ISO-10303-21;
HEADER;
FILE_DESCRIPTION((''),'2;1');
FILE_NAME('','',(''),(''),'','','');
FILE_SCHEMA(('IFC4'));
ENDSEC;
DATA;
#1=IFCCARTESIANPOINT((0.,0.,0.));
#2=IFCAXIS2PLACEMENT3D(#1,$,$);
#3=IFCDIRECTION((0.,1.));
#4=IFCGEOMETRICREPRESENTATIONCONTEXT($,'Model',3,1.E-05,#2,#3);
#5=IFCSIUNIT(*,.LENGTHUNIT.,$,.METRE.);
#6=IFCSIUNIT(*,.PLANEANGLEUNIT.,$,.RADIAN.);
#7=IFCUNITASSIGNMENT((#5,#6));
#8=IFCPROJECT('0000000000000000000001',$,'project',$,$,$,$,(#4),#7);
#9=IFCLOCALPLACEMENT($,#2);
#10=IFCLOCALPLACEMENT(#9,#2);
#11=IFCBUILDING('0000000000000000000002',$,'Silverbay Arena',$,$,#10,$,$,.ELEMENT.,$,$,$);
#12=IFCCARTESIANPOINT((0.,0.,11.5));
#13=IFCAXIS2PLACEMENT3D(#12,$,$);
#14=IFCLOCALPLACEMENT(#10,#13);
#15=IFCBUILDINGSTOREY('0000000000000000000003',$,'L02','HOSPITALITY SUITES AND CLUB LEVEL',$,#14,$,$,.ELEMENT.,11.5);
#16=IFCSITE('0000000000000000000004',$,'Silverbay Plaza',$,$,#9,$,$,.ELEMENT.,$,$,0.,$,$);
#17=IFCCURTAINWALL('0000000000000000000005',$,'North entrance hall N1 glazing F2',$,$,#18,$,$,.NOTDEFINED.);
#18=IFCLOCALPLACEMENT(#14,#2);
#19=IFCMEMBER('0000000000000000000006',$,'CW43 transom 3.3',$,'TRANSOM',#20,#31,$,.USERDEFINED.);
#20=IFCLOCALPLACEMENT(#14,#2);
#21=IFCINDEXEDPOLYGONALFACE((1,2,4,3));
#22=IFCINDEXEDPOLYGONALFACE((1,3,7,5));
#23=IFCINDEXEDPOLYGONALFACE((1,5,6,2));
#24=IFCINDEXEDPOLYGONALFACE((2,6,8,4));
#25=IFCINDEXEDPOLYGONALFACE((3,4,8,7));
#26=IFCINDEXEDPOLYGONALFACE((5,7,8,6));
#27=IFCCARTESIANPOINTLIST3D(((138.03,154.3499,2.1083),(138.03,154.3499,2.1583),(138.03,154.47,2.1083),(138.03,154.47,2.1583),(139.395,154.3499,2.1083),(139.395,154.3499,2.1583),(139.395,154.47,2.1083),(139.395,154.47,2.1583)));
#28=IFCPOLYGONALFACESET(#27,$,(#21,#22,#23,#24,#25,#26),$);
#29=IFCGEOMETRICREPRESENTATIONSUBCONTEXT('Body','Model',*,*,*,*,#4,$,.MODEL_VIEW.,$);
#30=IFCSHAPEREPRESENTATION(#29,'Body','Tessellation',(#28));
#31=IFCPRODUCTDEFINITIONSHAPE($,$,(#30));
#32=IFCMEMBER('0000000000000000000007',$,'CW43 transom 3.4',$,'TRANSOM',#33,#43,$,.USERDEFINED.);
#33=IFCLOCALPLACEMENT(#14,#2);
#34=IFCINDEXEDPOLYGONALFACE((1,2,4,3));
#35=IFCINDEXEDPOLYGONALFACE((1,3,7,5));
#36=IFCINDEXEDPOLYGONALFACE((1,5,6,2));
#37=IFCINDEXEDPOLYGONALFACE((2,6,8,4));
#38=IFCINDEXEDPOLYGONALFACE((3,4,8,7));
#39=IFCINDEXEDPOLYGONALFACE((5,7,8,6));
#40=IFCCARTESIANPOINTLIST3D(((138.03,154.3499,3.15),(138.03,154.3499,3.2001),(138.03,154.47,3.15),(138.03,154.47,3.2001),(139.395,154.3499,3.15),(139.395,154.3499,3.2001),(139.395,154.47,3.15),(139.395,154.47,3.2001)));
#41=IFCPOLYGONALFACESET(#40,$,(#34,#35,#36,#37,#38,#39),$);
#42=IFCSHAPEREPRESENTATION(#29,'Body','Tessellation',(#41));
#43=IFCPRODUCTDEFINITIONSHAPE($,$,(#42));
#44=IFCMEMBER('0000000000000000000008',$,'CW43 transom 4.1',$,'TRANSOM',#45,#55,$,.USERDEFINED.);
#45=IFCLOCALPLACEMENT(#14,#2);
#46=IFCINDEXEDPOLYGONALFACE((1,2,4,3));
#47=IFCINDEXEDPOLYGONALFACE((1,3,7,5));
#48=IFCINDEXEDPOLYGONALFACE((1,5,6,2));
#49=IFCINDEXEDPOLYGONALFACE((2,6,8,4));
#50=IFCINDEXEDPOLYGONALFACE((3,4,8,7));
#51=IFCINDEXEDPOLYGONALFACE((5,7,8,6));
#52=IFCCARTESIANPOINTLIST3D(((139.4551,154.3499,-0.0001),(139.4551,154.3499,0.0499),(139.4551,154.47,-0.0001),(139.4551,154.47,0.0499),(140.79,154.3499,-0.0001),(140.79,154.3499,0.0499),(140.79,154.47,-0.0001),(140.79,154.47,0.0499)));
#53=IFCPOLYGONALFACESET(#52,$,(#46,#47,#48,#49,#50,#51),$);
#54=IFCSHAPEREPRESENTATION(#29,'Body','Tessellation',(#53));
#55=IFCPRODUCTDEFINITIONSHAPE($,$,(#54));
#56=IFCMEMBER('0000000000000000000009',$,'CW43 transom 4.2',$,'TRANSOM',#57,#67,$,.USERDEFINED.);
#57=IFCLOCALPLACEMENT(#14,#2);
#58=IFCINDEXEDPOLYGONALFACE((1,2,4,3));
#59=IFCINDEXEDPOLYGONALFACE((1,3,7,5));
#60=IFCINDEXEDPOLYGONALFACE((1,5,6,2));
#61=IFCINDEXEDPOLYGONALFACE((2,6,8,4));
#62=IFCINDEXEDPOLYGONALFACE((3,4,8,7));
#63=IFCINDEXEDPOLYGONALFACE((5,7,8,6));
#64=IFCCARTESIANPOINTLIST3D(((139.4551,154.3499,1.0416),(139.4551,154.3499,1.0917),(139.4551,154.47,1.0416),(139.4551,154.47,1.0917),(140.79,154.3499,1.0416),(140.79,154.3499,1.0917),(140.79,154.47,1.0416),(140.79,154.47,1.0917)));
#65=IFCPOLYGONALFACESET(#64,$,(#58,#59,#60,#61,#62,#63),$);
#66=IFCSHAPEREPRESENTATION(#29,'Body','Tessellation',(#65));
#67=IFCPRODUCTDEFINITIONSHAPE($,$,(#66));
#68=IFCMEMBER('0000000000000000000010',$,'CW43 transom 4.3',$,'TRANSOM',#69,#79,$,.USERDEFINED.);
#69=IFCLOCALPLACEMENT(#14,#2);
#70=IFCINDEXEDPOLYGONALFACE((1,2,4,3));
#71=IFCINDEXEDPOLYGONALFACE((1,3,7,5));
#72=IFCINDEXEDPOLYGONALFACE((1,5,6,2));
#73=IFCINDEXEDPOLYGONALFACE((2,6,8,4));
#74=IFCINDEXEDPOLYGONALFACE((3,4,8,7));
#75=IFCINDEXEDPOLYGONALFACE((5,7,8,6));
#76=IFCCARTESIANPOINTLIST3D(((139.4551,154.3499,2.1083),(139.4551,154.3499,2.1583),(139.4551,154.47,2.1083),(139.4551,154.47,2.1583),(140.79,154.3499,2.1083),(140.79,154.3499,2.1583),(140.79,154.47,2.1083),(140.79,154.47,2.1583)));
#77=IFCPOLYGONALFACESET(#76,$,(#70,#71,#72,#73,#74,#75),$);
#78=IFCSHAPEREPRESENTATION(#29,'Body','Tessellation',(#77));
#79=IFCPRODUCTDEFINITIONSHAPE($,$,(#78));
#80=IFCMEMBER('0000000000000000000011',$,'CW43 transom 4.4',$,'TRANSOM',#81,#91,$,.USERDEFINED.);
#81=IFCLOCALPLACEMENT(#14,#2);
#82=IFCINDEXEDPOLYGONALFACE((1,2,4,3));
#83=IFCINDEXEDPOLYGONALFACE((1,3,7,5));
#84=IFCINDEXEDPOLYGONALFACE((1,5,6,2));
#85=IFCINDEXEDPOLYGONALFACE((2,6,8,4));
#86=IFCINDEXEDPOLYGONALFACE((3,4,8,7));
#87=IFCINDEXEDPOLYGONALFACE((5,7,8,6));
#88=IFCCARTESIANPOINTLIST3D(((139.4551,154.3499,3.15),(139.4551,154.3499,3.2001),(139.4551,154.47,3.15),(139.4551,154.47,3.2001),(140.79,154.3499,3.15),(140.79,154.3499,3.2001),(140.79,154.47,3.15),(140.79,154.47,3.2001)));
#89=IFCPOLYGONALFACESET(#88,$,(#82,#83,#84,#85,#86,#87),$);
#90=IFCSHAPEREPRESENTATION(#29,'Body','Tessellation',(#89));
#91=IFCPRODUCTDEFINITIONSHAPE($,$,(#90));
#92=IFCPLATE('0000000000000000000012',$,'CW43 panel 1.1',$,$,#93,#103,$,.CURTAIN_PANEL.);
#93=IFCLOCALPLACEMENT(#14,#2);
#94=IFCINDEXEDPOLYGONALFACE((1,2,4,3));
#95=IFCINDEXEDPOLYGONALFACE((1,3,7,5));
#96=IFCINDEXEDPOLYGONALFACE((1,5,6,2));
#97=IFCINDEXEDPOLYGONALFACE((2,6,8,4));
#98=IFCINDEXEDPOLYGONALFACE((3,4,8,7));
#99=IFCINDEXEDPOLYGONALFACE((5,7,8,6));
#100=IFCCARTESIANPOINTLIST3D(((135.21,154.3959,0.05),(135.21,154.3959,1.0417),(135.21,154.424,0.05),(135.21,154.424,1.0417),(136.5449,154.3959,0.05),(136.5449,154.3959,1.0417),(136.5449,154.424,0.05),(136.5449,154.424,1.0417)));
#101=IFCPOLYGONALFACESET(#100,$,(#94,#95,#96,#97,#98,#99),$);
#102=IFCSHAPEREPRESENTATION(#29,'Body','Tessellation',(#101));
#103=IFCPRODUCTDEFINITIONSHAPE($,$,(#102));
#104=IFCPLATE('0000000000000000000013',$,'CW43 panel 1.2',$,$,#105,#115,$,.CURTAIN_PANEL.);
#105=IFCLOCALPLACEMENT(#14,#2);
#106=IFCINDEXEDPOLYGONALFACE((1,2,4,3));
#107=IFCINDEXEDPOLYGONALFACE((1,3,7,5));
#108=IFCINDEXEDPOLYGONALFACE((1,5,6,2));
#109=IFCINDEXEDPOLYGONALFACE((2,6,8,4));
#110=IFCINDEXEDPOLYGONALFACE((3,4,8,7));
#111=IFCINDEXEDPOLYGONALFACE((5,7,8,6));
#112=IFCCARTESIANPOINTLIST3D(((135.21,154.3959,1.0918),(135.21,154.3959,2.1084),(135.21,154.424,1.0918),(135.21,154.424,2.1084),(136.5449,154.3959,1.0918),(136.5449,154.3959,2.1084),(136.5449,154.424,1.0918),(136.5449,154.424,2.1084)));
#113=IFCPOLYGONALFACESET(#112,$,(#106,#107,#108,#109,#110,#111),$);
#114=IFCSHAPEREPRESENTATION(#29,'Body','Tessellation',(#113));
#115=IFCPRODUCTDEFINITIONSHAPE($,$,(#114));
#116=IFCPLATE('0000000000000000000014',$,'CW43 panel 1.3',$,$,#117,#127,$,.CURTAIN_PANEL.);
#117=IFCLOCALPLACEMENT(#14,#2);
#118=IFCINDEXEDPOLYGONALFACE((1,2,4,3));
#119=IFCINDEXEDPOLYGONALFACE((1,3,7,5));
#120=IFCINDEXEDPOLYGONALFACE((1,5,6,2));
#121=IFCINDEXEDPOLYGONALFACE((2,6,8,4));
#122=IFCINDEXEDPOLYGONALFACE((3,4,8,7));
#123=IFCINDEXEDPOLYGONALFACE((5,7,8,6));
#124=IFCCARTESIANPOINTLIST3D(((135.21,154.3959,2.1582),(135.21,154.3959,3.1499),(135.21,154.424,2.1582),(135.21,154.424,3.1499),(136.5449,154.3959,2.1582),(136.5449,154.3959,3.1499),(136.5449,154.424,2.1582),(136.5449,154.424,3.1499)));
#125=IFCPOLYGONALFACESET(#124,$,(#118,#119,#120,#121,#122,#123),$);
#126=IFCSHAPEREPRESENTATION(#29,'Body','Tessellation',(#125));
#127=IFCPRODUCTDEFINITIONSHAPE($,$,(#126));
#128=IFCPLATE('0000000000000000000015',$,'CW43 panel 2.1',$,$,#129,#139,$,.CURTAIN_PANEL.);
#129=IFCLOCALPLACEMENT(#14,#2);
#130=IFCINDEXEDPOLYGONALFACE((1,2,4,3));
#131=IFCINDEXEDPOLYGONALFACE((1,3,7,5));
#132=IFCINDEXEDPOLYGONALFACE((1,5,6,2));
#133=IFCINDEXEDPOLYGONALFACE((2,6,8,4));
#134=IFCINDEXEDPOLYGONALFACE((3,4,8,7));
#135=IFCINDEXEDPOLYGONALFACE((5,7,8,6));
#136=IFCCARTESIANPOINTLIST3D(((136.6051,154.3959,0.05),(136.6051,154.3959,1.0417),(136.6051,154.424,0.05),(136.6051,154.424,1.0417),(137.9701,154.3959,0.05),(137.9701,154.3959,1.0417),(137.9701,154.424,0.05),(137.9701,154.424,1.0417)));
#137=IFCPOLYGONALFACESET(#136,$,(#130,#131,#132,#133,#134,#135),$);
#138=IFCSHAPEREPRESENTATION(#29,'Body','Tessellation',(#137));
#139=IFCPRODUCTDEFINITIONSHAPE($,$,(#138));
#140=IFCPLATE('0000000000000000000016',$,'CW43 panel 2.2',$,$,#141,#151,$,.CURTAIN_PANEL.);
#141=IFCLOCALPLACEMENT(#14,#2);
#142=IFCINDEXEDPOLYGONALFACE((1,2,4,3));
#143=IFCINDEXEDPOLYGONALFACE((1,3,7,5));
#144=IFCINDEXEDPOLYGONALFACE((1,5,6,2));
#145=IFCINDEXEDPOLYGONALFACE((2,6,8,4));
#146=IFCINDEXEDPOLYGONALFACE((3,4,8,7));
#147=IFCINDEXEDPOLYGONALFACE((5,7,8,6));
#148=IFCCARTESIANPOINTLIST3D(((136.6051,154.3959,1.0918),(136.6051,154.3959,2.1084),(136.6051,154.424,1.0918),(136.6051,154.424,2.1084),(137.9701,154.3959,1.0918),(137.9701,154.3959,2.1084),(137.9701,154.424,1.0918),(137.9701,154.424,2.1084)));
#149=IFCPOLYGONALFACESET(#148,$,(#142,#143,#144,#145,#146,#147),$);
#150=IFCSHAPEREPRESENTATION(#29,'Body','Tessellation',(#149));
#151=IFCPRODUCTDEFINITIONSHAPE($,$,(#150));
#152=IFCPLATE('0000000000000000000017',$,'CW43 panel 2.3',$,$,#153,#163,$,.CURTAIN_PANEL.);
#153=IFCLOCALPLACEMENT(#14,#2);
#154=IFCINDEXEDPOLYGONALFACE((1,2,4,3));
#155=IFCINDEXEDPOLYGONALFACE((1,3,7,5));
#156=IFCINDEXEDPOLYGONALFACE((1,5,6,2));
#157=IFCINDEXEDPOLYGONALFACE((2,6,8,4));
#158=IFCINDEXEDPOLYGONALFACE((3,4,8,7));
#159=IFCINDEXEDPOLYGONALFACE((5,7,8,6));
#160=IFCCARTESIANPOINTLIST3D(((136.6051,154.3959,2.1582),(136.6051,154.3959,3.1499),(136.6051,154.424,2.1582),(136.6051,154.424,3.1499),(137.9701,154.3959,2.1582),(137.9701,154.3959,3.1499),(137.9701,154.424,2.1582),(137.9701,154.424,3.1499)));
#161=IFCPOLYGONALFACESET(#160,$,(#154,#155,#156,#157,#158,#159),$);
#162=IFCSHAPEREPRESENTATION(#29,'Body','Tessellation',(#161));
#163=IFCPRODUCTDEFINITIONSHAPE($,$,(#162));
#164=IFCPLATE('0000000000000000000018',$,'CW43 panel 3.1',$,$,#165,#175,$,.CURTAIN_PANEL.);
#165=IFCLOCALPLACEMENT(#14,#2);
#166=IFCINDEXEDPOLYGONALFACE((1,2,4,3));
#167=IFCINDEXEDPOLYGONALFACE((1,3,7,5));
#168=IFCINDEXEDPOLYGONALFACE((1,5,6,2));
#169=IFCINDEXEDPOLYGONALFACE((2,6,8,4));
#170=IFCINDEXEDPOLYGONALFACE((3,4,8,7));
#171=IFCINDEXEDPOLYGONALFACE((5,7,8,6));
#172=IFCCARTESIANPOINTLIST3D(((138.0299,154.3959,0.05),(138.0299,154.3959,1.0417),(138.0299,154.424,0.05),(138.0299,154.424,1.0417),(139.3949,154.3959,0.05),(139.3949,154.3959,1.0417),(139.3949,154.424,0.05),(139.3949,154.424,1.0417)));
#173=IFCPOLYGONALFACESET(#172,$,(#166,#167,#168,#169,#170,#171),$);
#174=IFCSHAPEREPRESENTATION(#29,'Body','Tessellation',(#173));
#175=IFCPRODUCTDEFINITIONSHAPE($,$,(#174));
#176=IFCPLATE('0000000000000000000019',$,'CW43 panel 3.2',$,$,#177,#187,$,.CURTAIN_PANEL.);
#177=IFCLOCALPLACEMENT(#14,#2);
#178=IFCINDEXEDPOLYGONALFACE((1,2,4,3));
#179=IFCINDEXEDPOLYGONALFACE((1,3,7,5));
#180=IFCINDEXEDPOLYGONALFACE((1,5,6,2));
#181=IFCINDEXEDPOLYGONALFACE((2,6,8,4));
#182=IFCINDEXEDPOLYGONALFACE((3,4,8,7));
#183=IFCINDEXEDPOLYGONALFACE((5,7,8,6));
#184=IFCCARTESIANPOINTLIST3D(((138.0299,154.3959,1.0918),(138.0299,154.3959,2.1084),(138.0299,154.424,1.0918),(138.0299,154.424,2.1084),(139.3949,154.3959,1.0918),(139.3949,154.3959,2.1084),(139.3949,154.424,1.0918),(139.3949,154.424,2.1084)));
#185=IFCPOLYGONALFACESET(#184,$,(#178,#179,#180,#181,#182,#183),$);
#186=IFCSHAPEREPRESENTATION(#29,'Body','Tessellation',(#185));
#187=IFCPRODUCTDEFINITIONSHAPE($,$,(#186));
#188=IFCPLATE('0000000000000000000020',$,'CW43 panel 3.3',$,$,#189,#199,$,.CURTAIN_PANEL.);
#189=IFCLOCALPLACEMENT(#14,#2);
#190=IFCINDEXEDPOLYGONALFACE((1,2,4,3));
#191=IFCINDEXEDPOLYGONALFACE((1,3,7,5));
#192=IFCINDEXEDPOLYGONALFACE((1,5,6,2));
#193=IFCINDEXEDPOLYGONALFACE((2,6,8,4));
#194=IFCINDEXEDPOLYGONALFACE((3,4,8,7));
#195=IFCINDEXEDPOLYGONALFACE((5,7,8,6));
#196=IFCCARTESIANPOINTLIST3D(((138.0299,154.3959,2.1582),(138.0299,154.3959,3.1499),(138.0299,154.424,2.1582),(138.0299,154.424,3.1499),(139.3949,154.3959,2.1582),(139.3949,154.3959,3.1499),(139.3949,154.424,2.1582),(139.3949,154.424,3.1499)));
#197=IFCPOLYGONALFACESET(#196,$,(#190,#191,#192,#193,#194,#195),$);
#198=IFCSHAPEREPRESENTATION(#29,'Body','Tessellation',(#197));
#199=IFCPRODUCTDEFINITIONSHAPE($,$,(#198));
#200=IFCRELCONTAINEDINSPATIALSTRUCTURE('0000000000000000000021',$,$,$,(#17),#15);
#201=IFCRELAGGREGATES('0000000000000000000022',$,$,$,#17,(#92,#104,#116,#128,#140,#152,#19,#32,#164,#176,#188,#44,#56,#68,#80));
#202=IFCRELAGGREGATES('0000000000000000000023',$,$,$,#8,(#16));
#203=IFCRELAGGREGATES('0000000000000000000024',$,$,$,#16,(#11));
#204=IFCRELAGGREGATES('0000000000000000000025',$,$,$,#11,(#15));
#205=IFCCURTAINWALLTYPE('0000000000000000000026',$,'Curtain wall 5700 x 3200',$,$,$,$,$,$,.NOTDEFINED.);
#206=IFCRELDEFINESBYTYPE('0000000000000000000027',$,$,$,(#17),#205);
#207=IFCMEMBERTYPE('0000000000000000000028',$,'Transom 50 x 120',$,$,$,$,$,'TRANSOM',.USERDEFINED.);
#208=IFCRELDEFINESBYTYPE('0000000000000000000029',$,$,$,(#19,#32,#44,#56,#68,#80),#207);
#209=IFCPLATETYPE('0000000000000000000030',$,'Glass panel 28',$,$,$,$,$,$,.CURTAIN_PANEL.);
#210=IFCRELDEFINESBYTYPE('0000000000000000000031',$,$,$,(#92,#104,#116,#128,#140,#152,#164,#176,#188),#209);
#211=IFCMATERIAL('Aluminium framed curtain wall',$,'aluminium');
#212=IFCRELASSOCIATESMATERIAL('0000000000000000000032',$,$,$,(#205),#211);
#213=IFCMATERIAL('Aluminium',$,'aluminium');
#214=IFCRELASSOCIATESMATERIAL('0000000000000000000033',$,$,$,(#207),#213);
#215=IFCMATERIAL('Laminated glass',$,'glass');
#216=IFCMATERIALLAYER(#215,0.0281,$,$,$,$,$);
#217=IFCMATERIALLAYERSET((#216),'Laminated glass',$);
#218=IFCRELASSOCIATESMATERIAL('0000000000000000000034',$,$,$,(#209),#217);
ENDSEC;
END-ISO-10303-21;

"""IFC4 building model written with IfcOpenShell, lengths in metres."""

from ifc_helpers import new_model, si_unit, direction, frame, origin, origin_2d, place, context, subcontext, project, spatial, rectangle, extrude, material, layer, layer_set, material_profile, profile_set, type_object, element, aggregate, save


model = new_model("IFC4")

# Units and contexts
model_context = context("Model", 3, precision=1e-05, world=origin(), true_north=direction((0.0, 1.0)))
body_context = subcontext(model_context, "Body", "Model", "MODEL_VIEW")
ifc_project = project(units=[si_unit("LENGTHUNIT", "METRE"), si_unit("PLANEANGLEUNIT", "RADIAN")], contexts=[model_context])

# Site, building, storey
site_placement = place(None, origin())
site = spatial("IfcSite", under=ifc_project, at=site_placement, Name="Silverbay Plaza", CompositionType="ELEMENT", RefElevation=0.0)
building_placement = place(site_placement, origin())
building = spatial("IfcBuilding", under=site, at=building_placement, Name="Silverbay Arena", CompositionType="ELEMENT")
storey_placement = place(building_placement, frame((0.0, 0.0, 11.5)))
storey = spatial("IfcBuildingStorey", under=building, at=storey_placement, Name="L02", Description="HOSPITALITY SUITES AND CLUB LEVEL", CompositionType="ELEMENT", Elevation=11.5)

# Curtain wall, members, plates
ifc_material_1 = material(Name="Aluminium framed curtain wall", Category="aluminium")
curtain_wall_type = type_object("IfcCurtainWallType", Name="Curtain wall 5700 x 3200", PredefinedType="NOTDEFINED", material=ifc_material_1)
curtain_wall_placement = place(storey_placement, origin())
curtain_wall = element("IfcCurtainWall", 1, at=curtain_wall_placement, inside=storey, type_object=curtain_wall_type, Name="North entrance hall N1 glazing F2", PredefinedType="NOTDEFINED")
ifc_material_2 = material(Name="Aluminium", Category="aluminium")
ifc_material_profile_1 = material_profile(ifc_material_2, rectangle(XDim=0.1201, YDim=0.05, at=origin_2d()), Name="Transom 50 x 120")
ifc_profile_set_1 = profile_set([ifc_material_profile_1], Name="Aluminium")
member_type_1 = type_object("IfcMemberType", Name="Transom 50 x 120", ElementType="TRANSOM", PredefinedType="USERDEFINED", material=ifc_profile_set_1)
member_1_placement = place(storey_placement, frame((138.03, 154.4099, 2.1333), z_axis=(1.0, 0.0, 0.0), x_axis=(0.0, 1.0, 0.0)))
member_1 = element("IfcMember", 2, at=member_1_placement, type_object=member_type_1, Name="CW43 transom 3.3", ObjectType="TRANSOM", PredefinedType="USERDEFINED", context=body_context, shape_type="SweptSolid", body=[
    extrude(rectangle(XDim=0.1201, YDim=0.05, at=origin_2d()), origin(), (0.0, 0.0, 1.0), 1.365),
])
member_2_placement = place(storey_placement, frame((138.03, 154.4099, 3.175), z_axis=(1.0, 0.0, 0.0), x_axis=(0.0, 1.0, 0.0)))
member_2 = element("IfcMember", 3, at=member_2_placement, type_object=member_type_1, Name="CW43 transom 3.4", ObjectType="TRANSOM", PredefinedType="USERDEFINED", context=body_context, shape_type="SweptSolid", body=[
    extrude(rectangle(XDim=0.1201, YDim=0.05, at=origin_2d()), origin(), (0.0, 0.0, 1.0), 1.365),
])
member_3_placement = place(storey_placement, frame((139.4551, 154.4099, 0.0249), z_axis=(1.0, 0.0, 0.0), x_axis=(0.0, 1.0, 0.0)))
member_3 = element("IfcMember", 4, at=member_3_placement, type_object=member_type_1, Name="CW43 transom 4.1", ObjectType="TRANSOM", PredefinedType="USERDEFINED", context=body_context, shape_type="SweptSolid", body=[
    extrude(rectangle(XDim=0.1201, YDim=0.05, at=origin_2d()), origin(), (0.0, 0.0, 1.0), 1.335),
])
member_4_placement = place(storey_placement, frame((139.4551, 154.4099, 1.0667), z_axis=(1.0, 0.0, 0.0), x_axis=(0.0, 1.0, 0.0)))
member_4 = element("IfcMember", 5, at=member_4_placement, type_object=member_type_1, Name="CW43 transom 4.2", ObjectType="TRANSOM", PredefinedType="USERDEFINED", context=body_context, shape_type="SweptSolid", body=[
    extrude(rectangle(XDim=0.1201, YDim=0.05, at=origin_2d()), origin(), (0.0, 0.0, 1.0), 1.335),
])
member_5_placement = place(storey_placement, frame((139.4551, 154.4099, 2.1333), z_axis=(1.0, 0.0, 0.0), x_axis=(0.0, 1.0, 0.0)))
member_5 = element("IfcMember", 6, at=member_5_placement, type_object=member_type_1, Name="CW43 transom 4.3", ObjectType="TRANSOM", PredefinedType="USERDEFINED", context=body_context, shape_type="SweptSolid", body=[
    extrude(rectangle(XDim=0.1201, YDim=0.05, at=origin_2d()), origin(), (0.0, 0.0, 1.0), 1.335),
])
member_6_placement = place(storey_placement, frame((139.4551, 154.4099, 3.175), z_axis=(1.0, 0.0, 0.0), x_axis=(0.0, 1.0, 0.0)))
member_6 = element("IfcMember", 7, at=member_6_placement, type_object=member_type_1, Name="CW43 transom 4.4", ObjectType="TRANSOM", PredefinedType="USERDEFINED", context=body_context, shape_type="SweptSolid", body=[
    extrude(rectangle(XDim=0.1201, YDim=0.05, at=origin_2d()), origin(), (0.0, 0.0, 1.0), 1.335),
])
ifc_material_3 = material(Name="Laminated glass", Category="glass")
ifc_layer = layer(ifc_material_3, 0.0281)
ifc_layer_set = layer_set([ifc_layer], Name="Laminated glass")
plate_type = type_object("IfcPlateType", Name="Glass panel 28", PredefinedType="CURTAIN_PANEL", material=ifc_layer_set)
plate_1_placement = place(storey_placement, frame((135.8774, 154.4099, 0.05), z_axis=(0.0, 0.0, 1.0), x_axis=(1.0, 0.0, 0.0)))
plate_1 = element("IfcPlate", 8, at=plate_1_placement, type_object=plate_type, Name="CW43 panel 1.1", PredefinedType="CURTAIN_PANEL", context=body_context, shape_type="SweptSolid", body=[
    extrude(rectangle(XDim=1.335, YDim=0.0281, at=origin_2d()), origin(), (0.0, 0.0, 1.0), 0.9917),
])
plate_2_placement = place(storey_placement, frame((135.8774, 154.4099, 1.0918), z_axis=(0.0, 0.0, 1.0), x_axis=(1.0, 0.0, 0.0)))
plate_2 = element("IfcPlate", 9, at=plate_2_placement, type_object=plate_type, Name="CW43 panel 1.2", PredefinedType="CURTAIN_PANEL", context=body_context, shape_type="SweptSolid", body=[
    extrude(rectangle(XDim=1.335, YDim=0.0281, at=origin_2d()), origin(), (0.0, 0.0, 1.0), 1.0166),
])
plate_3_placement = place(storey_placement, frame((135.8774, 154.4099, 2.1582), z_axis=(0.0, 0.0, 1.0), x_axis=(1.0, 0.0, 0.0)))
plate_3 = element("IfcPlate", 10, at=plate_3_placement, type_object=plate_type, Name="CW43 panel 1.3", PredefinedType="CURTAIN_PANEL", context=body_context, shape_type="SweptSolid", body=[
    extrude(rectangle(XDim=1.335, YDim=0.0281, at=origin_2d()), origin(), (0.0, 0.0, 1.0), 0.9917),
])
plate_4_placement = place(storey_placement, frame((137.2876, 154.4099, 0.05), z_axis=(0.0, 0.0, 1.0), x_axis=(1.0, 0.0, 0.0)))
plate_4 = element("IfcPlate", 11, at=plate_4_placement, type_object=plate_type, Name="CW43 panel 2.1", PredefinedType="CURTAIN_PANEL", context=body_context, shape_type="SweptSolid", body=[
    extrude(rectangle(XDim=1.365, YDim=0.0281, at=origin_2d()), origin(), (0.0, 0.0, 1.0), 0.9917),
])
plate_5_placement = place(storey_placement, frame((137.2876, 154.4099, 1.0918), z_axis=(0.0, 0.0, 1.0), x_axis=(1.0, 0.0, 0.0)))
plate_5 = element("IfcPlate", 12, at=plate_5_placement, type_object=plate_type, Name="CW43 panel 2.2", PredefinedType="CURTAIN_PANEL", context=body_context, shape_type="SweptSolid", body=[
    extrude(rectangle(XDim=1.365, YDim=0.0281, at=origin_2d()), origin(), (0.0, 0.0, 1.0), 1.0166),
])
plate_6_placement = place(storey_placement, frame((137.2876, 154.4099, 2.1582), z_axis=(0.0, 0.0, 1.0), x_axis=(1.0, 0.0, 0.0)))
plate_6 = element("IfcPlate", 13, at=plate_6_placement, type_object=plate_type, Name="CW43 panel 2.3", PredefinedType="CURTAIN_PANEL", context=body_context, shape_type="SweptSolid", body=[
    extrude(rectangle(XDim=1.365, YDim=0.0281, at=origin_2d()), origin(), (0.0, 0.0, 1.0), 0.9917),
])
plate_7_placement = place(storey_placement, frame((138.7124, 154.4099, 0.05), z_axis=(0.0, 0.0, 1.0), x_axis=(1.0, 0.0, 0.0)))
plate_7 = element("IfcPlate", 14, at=plate_7_placement, type_object=plate_type, Name="CW43 panel 3.1", PredefinedType="CURTAIN_PANEL", context=body_context, shape_type="SweptSolid", body=[
    extrude(rectangle(XDim=1.365, YDim=0.0281, at=origin_2d()), origin(), (0.0, 0.0, 1.0), 0.9917),
])
plate_8_placement = place(storey_placement, frame((138.7124, 154.4099, 1.0918), z_axis=(0.0, 0.0, 1.0), x_axis=(1.0, 0.0, 0.0)))
plate_8 = element("IfcPlate", 15, at=plate_8_placement, type_object=plate_type, Name="CW43 panel 3.2", PredefinedType="CURTAIN_PANEL", context=body_context, shape_type="SweptSolid", body=[
    extrude(rectangle(XDim=1.365, YDim=0.0281, at=origin_2d()), origin(), (0.0, 0.0, 1.0), 1.0166),
])
plate_9_placement = place(storey_placement, frame((138.7124, 154.4099, 2.1582), z_axis=(0.0, 0.0, 1.0), x_axis=(1.0, 0.0, 0.0)))
plate_9 = element("IfcPlate", 16, at=plate_9_placement, type_object=plate_type, Name="CW43 panel 3.3", PredefinedType="CURTAIN_PANEL", context=body_context, shape_type="SweptSolid", body=[
    extrude(rectangle(XDim=1.365, YDim=0.0281, at=origin_2d()), origin(), (0.0, 0.0, 1.0), 0.9917),
])
aggregate(curtain_wall, [plate_1, plate_2, plate_3, plate_4, plate_5, plate_6, member_1, member_2, plate_7, plate_8, plate_9, member_3, member_4, member_5, member_6])

save(model, "model.ifc")
